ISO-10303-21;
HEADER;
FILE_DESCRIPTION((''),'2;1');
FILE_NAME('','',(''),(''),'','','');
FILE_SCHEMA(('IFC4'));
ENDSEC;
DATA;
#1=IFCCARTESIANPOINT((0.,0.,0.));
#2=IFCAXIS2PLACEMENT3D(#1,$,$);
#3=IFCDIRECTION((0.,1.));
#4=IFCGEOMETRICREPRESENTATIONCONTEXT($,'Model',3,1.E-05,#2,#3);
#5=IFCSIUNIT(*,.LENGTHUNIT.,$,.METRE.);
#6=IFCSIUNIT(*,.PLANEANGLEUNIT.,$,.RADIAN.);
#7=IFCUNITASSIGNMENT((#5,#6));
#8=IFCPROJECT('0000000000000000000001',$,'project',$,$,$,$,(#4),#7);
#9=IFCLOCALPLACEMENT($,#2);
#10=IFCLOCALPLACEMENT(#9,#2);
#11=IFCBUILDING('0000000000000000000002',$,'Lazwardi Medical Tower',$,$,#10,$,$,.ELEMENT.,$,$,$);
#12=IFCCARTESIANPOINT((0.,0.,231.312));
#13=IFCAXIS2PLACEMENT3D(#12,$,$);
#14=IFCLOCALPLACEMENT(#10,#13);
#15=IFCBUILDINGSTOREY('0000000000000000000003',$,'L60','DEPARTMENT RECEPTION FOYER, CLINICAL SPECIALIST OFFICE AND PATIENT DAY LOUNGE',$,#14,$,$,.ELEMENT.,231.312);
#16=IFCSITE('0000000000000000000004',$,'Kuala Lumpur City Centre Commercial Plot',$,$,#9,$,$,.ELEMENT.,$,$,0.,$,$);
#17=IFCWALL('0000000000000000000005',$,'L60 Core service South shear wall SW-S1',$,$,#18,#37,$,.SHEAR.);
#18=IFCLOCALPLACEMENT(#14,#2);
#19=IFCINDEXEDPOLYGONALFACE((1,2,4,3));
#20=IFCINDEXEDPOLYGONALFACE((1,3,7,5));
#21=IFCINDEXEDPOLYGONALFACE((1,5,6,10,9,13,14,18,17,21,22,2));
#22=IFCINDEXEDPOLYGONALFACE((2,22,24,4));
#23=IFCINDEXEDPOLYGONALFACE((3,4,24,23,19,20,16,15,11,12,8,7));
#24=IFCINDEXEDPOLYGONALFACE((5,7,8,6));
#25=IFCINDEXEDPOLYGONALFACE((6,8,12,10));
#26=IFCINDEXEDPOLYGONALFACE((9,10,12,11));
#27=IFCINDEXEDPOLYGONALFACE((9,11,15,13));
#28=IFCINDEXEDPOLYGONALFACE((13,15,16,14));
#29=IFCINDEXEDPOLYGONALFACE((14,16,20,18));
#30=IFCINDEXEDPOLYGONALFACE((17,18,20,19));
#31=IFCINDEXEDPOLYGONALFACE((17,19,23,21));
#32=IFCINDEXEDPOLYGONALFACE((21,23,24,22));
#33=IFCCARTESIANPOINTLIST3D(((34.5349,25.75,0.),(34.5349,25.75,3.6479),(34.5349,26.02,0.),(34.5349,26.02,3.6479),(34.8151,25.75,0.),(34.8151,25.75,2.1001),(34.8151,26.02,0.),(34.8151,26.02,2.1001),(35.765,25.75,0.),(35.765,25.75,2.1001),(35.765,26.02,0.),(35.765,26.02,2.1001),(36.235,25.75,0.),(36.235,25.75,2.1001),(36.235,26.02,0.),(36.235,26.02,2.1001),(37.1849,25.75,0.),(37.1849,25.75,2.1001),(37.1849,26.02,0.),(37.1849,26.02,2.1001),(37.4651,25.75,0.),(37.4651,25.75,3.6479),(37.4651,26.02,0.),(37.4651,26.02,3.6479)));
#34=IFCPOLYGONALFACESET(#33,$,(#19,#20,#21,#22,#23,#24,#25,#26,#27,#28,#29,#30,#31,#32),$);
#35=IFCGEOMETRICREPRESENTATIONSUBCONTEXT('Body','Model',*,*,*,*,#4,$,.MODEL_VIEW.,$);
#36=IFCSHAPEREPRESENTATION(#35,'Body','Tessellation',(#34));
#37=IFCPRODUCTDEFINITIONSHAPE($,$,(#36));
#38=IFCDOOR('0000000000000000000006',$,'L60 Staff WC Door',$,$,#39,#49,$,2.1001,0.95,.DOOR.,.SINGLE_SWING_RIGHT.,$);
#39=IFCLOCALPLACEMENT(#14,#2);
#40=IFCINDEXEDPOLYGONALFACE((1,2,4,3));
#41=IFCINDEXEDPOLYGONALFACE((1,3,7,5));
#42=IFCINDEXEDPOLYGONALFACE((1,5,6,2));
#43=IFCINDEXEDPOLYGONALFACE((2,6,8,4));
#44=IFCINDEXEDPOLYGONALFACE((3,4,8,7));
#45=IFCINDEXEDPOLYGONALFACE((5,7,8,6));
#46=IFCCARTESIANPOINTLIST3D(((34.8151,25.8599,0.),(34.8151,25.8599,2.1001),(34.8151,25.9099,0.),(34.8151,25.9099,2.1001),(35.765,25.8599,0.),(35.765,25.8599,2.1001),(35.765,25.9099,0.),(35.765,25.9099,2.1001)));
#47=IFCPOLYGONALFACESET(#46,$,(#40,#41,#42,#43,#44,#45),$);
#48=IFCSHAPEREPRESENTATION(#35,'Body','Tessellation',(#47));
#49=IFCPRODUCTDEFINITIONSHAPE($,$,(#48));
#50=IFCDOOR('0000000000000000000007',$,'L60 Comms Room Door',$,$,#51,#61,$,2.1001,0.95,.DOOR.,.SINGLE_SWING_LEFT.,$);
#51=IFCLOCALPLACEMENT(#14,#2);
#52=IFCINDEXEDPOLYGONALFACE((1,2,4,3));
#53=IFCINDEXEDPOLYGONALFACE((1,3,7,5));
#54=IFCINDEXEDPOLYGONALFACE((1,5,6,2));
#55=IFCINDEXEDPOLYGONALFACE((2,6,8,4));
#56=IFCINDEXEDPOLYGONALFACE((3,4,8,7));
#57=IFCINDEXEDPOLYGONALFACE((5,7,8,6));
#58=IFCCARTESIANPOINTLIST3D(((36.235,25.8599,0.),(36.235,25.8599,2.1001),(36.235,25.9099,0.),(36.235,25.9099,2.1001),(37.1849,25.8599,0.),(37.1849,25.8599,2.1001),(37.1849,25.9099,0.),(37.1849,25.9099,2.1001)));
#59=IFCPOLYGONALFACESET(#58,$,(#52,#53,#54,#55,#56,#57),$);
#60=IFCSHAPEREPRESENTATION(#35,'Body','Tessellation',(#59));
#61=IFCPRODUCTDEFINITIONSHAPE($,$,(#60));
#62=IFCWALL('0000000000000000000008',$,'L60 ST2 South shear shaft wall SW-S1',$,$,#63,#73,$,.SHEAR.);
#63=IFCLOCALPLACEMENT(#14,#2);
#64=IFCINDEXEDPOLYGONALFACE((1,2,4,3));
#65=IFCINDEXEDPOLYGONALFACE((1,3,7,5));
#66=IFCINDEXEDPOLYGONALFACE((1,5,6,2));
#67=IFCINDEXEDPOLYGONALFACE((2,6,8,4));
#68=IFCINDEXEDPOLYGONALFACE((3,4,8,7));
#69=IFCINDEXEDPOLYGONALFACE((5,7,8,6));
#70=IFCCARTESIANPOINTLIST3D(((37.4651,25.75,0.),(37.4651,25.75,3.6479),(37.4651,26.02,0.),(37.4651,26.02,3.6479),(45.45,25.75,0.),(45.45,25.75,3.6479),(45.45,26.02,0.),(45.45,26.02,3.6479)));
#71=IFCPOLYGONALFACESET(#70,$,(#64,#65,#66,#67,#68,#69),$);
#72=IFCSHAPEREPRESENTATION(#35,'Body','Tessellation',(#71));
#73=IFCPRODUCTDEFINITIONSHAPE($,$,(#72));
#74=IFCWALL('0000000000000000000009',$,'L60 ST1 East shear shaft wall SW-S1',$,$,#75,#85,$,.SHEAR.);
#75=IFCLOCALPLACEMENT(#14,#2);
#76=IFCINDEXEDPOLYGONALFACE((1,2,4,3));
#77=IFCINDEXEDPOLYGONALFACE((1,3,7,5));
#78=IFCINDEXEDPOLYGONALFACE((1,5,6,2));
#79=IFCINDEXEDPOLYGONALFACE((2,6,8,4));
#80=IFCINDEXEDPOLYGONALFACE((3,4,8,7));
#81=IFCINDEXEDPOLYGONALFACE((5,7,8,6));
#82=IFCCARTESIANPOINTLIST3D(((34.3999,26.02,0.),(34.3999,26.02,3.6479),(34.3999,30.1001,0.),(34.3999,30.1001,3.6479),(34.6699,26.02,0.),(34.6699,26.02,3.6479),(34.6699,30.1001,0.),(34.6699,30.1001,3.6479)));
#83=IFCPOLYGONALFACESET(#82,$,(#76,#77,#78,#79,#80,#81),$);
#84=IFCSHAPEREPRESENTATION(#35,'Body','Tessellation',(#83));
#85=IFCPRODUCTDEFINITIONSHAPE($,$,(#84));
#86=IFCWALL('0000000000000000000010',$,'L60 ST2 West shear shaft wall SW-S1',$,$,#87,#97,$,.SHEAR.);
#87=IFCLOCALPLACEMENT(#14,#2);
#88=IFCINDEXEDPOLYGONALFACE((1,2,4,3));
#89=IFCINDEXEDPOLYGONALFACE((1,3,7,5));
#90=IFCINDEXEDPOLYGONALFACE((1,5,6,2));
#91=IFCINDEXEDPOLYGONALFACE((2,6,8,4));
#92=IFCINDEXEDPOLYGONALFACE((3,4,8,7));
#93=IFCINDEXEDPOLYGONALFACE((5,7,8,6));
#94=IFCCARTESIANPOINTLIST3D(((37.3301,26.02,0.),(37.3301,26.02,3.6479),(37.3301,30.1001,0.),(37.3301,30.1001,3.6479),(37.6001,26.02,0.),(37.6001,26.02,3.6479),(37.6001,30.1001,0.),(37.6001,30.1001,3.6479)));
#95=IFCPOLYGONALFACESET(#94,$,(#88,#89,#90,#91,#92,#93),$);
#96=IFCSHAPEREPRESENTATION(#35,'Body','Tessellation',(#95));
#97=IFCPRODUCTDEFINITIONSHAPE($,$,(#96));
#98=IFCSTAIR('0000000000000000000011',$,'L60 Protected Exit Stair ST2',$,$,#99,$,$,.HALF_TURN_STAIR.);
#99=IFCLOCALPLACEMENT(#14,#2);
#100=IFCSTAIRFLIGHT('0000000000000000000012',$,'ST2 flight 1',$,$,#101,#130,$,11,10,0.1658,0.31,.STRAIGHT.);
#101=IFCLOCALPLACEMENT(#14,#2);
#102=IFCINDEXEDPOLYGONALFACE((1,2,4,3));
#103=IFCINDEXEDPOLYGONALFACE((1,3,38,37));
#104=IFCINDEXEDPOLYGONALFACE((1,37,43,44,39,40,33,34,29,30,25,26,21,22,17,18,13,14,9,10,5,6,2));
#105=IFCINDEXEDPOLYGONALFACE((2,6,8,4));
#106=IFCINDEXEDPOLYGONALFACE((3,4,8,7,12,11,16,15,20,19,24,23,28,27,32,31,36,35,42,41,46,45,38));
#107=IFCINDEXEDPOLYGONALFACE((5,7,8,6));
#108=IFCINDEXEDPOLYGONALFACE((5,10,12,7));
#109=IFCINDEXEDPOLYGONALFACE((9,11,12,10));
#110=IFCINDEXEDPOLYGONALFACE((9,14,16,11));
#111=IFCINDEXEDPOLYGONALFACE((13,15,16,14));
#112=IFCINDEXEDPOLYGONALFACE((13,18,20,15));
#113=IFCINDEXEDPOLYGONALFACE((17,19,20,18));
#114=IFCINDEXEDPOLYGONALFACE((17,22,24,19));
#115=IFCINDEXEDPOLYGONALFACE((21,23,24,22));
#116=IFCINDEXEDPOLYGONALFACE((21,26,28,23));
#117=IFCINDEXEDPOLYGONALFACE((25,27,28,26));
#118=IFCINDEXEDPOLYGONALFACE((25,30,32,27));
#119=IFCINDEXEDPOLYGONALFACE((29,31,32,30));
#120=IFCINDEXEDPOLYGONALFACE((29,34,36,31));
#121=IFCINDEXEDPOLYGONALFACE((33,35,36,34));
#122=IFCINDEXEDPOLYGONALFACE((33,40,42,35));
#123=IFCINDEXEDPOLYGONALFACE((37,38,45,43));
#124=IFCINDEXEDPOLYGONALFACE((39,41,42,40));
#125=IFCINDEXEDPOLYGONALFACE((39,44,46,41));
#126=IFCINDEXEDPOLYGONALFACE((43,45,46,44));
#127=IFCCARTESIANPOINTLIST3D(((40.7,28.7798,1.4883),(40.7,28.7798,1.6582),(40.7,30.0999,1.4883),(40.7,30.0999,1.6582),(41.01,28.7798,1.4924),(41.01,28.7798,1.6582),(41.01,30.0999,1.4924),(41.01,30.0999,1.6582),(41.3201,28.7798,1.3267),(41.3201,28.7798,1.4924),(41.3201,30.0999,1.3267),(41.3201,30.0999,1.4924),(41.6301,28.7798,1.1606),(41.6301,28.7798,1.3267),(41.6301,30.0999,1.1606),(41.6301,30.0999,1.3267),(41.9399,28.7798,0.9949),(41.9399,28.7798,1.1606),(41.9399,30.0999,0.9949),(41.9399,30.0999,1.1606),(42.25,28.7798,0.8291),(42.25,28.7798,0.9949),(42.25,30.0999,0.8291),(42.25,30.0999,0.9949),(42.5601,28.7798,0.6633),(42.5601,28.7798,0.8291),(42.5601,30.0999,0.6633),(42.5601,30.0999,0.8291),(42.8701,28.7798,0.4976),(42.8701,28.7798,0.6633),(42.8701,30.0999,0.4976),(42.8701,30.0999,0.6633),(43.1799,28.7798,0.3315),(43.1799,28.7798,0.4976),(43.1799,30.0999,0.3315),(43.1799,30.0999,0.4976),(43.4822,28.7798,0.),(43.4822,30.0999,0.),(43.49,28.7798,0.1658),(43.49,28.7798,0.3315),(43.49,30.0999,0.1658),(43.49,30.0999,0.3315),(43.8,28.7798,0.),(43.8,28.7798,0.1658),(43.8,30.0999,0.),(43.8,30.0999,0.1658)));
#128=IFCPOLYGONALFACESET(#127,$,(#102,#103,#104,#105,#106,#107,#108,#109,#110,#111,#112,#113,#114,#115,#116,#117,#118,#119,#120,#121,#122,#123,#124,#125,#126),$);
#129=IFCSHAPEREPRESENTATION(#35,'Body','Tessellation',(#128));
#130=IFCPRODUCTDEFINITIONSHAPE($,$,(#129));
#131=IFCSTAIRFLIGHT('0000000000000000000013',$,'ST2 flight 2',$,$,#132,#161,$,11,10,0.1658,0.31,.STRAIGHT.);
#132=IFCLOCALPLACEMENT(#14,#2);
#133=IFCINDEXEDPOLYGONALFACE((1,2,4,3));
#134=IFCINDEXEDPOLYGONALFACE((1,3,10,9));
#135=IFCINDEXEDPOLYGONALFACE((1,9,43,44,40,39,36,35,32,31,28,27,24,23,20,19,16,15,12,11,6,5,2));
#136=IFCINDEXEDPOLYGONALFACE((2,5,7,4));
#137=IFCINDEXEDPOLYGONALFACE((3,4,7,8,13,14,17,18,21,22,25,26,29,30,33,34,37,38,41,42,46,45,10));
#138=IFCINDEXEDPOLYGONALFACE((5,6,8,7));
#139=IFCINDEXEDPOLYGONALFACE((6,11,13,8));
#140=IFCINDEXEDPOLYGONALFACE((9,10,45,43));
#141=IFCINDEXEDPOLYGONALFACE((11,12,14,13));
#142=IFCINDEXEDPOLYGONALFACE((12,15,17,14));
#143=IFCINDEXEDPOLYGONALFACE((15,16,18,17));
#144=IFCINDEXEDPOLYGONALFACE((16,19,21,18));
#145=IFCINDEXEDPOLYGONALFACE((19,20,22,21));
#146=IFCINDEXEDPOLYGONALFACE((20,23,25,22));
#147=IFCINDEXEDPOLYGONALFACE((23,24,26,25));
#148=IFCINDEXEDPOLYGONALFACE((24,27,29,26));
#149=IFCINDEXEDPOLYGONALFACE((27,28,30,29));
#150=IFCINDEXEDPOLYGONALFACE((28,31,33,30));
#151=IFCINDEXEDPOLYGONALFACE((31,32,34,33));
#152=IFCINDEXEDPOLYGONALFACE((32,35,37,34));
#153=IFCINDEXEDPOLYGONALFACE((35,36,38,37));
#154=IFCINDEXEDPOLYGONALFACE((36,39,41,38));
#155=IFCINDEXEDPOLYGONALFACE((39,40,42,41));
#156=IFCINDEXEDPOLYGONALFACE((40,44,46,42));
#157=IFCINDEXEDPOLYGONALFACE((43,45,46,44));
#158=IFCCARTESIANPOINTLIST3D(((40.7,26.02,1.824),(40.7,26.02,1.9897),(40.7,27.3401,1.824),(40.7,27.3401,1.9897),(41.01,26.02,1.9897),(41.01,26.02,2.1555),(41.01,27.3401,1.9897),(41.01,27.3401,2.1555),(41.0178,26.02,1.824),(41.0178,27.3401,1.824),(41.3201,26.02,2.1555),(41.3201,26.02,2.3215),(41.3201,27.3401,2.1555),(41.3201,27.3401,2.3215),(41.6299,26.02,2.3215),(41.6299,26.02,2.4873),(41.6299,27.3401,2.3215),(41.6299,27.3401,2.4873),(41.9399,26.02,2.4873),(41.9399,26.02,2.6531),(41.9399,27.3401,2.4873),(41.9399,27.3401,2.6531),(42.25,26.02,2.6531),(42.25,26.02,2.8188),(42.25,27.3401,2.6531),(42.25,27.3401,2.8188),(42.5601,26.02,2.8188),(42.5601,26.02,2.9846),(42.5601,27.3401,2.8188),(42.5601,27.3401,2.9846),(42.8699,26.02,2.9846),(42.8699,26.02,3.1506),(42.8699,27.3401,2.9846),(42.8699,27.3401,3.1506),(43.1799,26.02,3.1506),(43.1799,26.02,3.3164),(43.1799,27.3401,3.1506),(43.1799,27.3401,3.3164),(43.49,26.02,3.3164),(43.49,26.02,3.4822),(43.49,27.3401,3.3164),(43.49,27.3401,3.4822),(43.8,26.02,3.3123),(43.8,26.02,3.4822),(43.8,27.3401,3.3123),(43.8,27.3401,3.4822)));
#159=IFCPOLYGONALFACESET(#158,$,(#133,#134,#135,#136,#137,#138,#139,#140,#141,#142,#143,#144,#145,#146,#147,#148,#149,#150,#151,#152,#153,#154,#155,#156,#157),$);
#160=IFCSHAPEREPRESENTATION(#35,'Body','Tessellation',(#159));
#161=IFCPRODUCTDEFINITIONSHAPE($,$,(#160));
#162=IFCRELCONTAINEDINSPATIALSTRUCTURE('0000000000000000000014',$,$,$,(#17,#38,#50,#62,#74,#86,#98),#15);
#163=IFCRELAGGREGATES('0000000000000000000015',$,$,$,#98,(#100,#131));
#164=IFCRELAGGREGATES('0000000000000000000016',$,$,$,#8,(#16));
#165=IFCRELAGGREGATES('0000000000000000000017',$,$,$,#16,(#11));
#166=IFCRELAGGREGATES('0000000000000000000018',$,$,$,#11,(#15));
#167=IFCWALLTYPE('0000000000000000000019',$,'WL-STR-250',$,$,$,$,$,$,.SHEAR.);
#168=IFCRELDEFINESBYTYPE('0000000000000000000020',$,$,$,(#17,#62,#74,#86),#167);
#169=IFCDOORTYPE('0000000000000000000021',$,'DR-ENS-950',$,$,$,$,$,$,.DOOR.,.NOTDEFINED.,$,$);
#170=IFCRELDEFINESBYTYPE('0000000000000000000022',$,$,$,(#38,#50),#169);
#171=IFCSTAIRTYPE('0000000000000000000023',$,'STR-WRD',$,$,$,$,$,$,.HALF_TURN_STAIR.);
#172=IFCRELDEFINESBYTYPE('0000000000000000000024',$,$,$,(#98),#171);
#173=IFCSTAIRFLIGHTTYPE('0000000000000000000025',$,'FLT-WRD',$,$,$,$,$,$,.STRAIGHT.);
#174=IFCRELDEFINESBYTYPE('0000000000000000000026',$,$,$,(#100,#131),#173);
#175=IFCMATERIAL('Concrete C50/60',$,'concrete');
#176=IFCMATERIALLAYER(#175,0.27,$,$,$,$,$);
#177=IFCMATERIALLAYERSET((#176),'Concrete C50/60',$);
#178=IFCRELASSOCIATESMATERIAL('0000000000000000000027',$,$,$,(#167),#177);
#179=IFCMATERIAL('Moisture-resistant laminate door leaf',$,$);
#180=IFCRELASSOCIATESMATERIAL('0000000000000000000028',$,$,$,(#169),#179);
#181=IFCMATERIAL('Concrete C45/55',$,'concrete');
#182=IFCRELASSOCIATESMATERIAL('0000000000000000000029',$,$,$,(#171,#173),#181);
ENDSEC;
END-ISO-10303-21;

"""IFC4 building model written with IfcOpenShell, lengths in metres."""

from ifc_helpers import new_model, si_unit, direction, frame, frame_2d, origin, place, context, subcontext, project, spatial, polyline, rectangle, outline, extrude, material, layer, layer_set, type_object, element, fill, aggregate, save


model = new_model("IFC4")

# Units and contexts
model_context = context("Model", 3, precision=1e-05, world=origin(), true_north=direction((0.0, 1.0)))
body_context = subcontext(model_context, "Body", "Model", "MODEL_VIEW")
ifc_project = project(units=[si_unit("LENGTHUNIT", "METRE"), si_unit("PLANEANGLEUNIT", "RADIAN")], contexts=[model_context])

# Site, building, storey
site_placement = place(None, origin())
site = spatial("IfcSite", under=ifc_project, at=site_placement, Name="Kuala Lumpur City Centre Commercial Plot", CompositionType="ELEMENT", RefElevation=0.0)
building_placement = place(site_placement, origin())
building = spatial("IfcBuilding", under=site, at=building_placement, Name="Lazwardi Medical Tower", CompositionType="ELEMENT")
storey_placement = place(building_placement, frame((0.0, 0.0, 231.312)))
storey = spatial("IfcBuildingStorey", under=building, at=storey_placement, Name="L60", Description="DEPARTMENT RECEPTION FOYER, CLINICAL SPECIALIST OFFICE AND PATIENT DAY LOUNGE", CompositionType="ELEMENT", Elevation=231.312)

# Wall, openings, doors
ifc_material_1 = material(Name="Concrete C50/60", Category="concrete")
ifc_layer_1 = layer(ifc_material_1, 0.27)
ifc_layer_set_1 = layer_set([ifc_layer_1], Name="Concrete C50/60")
wall_type_1 = type_object("IfcWallType", Name="WL-STR-250", PredefinedType="SHEAR", material=ifc_layer_set_1)
wall_1_placement = place(storey_placement, frame((34.5349, 25.885, 0.0), z_axis=(0.0, 0.0, 1.0), x_axis=(1.0, 0.0, 0.0)))
wall_1 = element("IfcWall", 1, at=wall_1_placement, inside=storey, type_object=wall_type_1, Name="L60 Core service South shear wall SW-S1", PredefinedType="SHEAR", context=body_context, shape_type="SweptSolid", body=[
    extrude(rectangle(XDim=2.9302, YDim=0.27, at=frame_2d((1.4651, 0.0))), origin(), (0.0, 0.0, 1.0), 3.6479),
])
opening_1_placement = place(wall_1_placement, frame((0.28, 0.0, 0.0)))
opening_1 = element("IfcOpeningElement", 2, at=opening_1_placement, cuts=wall_1, PredefinedType="OPENING", context=body_context, shape_type="SweptSolid", body=[
    extrude(rectangle(XDim=0.95, YDim=2.1001, at=frame_2d((0.4751, 1.05))), frame((0.0, 0.145, 0.0), z_axis=(0.0, -1.0, 0.0), x_axis=(1.0, 0.0, 0.0)), (0.0, 0.0, 1.0), 0.29),
])
opening_2_placement = place(wall_1_placement, frame((1.7, 0.0, 0.0)))
opening_2 = element("IfcOpeningElement", 3, at=opening_2_placement, cuts=wall_1, PredefinedType="OPENING", context=body_context, shape_type="SweptSolid", body=[
    extrude(rectangle(XDim=0.95, YDim=2.1001, at=frame_2d((0.4751, 1.05))), frame((0.0, 0.145, 0.0), z_axis=(0.0, -1.0, 0.0), x_axis=(1.0, 0.0, 0.0)), (0.0, 0.0, 1.0), 0.29),
])
ifc_material_2 = material(Name="Moisture-resistant laminate door leaf")
door_type_1 = type_object("IfcDoorType", Name="DR-ENS-950", OperationType="NOTDEFINED", PredefinedType="DOOR", material=ifc_material_2)
door_1_placement = place(opening_1_placement, origin())
door_1 = element("IfcDoor", 4, at=door_1_placement, inside=storey, type_object=door_type_1, Name="L60 Staff WC Door", OperationType="SINGLE_SWING_RIGHT", OverallHeight=2.1001, OverallWidth=0.95, PredefinedType="DOOR", context=body_context, shape_type="SweptSolid", body=[
    extrude(rectangle(XDim=0.95, YDim=2.1001, at=frame_2d((0.4751, 1.05))), frame((0.0, 0.0249, 0.0), z_axis=(0.0, -1.0, 0.0), x_axis=(1.0, 0.0, 0.0)), (0.0, 0.0, 1.0), 0.05),
])
fill(opening_1, door_1)
door_2_placement = place(opening_2_placement, origin())
door_2 = element("IfcDoor", 5, at=door_2_placement, inside=storey, type_object=door_type_1, Name="L60 Comms Room Door", OperationType="SINGLE_SWING_LEFT", OverallHeight=2.1001, OverallWidth=0.95, PredefinedType="DOOR", context=body_context, shape_type="SweptSolid", body=[
    extrude(rectangle(XDim=0.95, YDim=2.1001, at=frame_2d((0.4751, 1.05))), frame((0.0, 0.0249, 0.0), z_axis=(0.0, -1.0, 0.0), x_axis=(1.0, 0.0, 0.0)), (0.0, 0.0, 1.0), 0.05),
])
fill(opening_2, door_2)

# Walls
wall_2_placement = place(storey_placement, frame((37.4651, 25.885, 0.0), z_axis=(0.0, 0.0, 1.0), x_axis=(1.0, 0.0, 0.0)))
element("IfcWall", 6, at=wall_2_placement, inside=storey, type_object=wall_type_1, Name="L60 ST2 South shear shaft wall SW-S1", PredefinedType="SHEAR", context=body_context, shape_type="SweptSolid", body=[
    extrude(rectangle(XDim=7.9849, YDim=0.27, at=frame_2d((3.9924, 0.0))), origin(), (0.0, 0.0, 1.0), 3.6479),
])
for number, where, z_axis, x_axis, name in (
    (7, (34.5349, 26.02, 0.0), (0.0, 0.0, 1.0), (0.0, 1.0, 0.0), "L60 ST1 East shear shaft wall SW-S1"),
    (8, (37.4651, 26.02, 0.0), (0.0, 0.0, 1.0), (0.0, 1.0, 0.0), "L60 ST2 West shear shaft wall SW-S1"),
):
    element("IfcWall", number, at=place(storey_placement, frame(where, z_axis=z_axis, x_axis=x_axis)), inside=storey, type_object=wall_type_1, Name=name, PredefinedType="SHEAR", context=body_context, shape_type="SweptSolid", body=[
        extrude(rectangle(XDim=4.0801, YDim=0.27, at=frame_2d((2.04, 0.0))), origin(), (0.0, 0.0, 1.0), 3.6479),
    ])

# Stair, stair flights
ifc_material_3 = material(Name="Concrete C45/55", Category="concrete")
stair_type = type_object("IfcStairType", Name="STR-WRD", PredefinedType="HALF_TURN_STAIR", material=ifc_material_3)
stair_placement = place(storey_placement, origin())
stair = element("IfcStair", 9, at=stair_placement, inside=storey, type_object=stair_type, Name="L60 Protected Exit Stair ST2", PredefinedType="HALF_TURN_STAIR")
stair_flight_type = type_object("IfcStairFlightType", Name="FLT-WRD", PredefinedType="STRAIGHT", material=ifc_material_3)
stair_flight_1_placement = place(storey_placement, frame((43.8, 29.4399, 0.0), z_axis=(0.0, 0.0, 1.0), x_axis=(-1.0, 0.0, 0.0)))
stair_flight_1 = element("IfcStairFlight", 10, at=stair_flight_1_placement, type_object=stair_flight_type, Name="ST2 flight 1", NumberOfRisers=11, NumberOfTreads=10, PredefinedType="STRAIGHT", RiserHeight=0.1658, TreadLength=0.31, context=body_context, shape_type="SweptSolid", body=[
    extrude(outline(polyline([(0.0, 0.0), (0.0, 0.1658), (0.3101, 0.1658), (0.3101, 0.3315), (0.6201, 0.3315), (0.6201, 0.4976), (0.9299, 0.4976), (0.9299, 0.6633), (1.24, 0.6633), (1.24, 0.8291), (1.55, 0.8291), (1.55, 0.9949), (1.8601, 0.9949), (1.8601, 1.1606), (2.1699, 1.1606), (2.1699, 1.3267), (2.48, 1.3267), (2.48, 1.4924), (2.79, 1.4924), (2.79, 1.6582), (3.1001, 1.6582), (3.1001, 1.824), (3.1001, 1.4883), (0.3179, 0.0), (0.0, 0.0)])), frame((0.0, 0.6602, 0.0), z_axis=(0.0, -1.0, 0.0), x_axis=(1.0, 0.0, 0.0)), (0.0, 0.0, 1.0), 1.3201),
])
stair_flight_2_placement = place(storey_placement, frame((40.7, 26.6799, 1.824), z_axis=(0.0, 0.0, 1.0), x_axis=(1.0, 0.0, 0.0)))
stair_flight_2 = element("IfcStairFlight", 11, at=stair_flight_2_placement, type_object=stair_flight_type, Name="ST2 flight 2", NumberOfRisers=11, NumberOfTreads=10, PredefinedType="STRAIGHT", RiserHeight=0.1658, TreadLength=0.31, context=body_context, shape_type="SweptSolid", body=[
    extrude(outline(polyline([(0.0, 0.0), (0.0, 0.1658), (0.3101, 0.1658), (0.3101, 0.3315), (0.6201, 0.3315), (0.6201, 0.4976), (0.9299, 0.4976), (0.9299, 0.6633), (1.24, 0.6633), (1.24, 0.8291), (1.55, 0.8291), (1.55, 0.9949), (1.8601, 0.9949), (1.8601, 1.1606), (2.1699, 1.1606), (2.1699, 1.3267), (2.48, 1.3267), (2.48, 1.4924), (2.79, 1.4924), (2.79, 1.6582), (3.1001, 1.6582), (3.1001, 1.824), (3.1001, 1.4883), (0.3179, 0.0), (0.0, 0.0)])), frame((0.0, 0.6602, 0.0), z_axis=(0.0, -1.0, 0.0), x_axis=(1.0, 0.0, 0.0)), (0.0, 0.0, 1.0), 1.3201),
])
aggregate(stair, [stair_flight_1, stair_flight_2])

save(model, "model.ifc")
